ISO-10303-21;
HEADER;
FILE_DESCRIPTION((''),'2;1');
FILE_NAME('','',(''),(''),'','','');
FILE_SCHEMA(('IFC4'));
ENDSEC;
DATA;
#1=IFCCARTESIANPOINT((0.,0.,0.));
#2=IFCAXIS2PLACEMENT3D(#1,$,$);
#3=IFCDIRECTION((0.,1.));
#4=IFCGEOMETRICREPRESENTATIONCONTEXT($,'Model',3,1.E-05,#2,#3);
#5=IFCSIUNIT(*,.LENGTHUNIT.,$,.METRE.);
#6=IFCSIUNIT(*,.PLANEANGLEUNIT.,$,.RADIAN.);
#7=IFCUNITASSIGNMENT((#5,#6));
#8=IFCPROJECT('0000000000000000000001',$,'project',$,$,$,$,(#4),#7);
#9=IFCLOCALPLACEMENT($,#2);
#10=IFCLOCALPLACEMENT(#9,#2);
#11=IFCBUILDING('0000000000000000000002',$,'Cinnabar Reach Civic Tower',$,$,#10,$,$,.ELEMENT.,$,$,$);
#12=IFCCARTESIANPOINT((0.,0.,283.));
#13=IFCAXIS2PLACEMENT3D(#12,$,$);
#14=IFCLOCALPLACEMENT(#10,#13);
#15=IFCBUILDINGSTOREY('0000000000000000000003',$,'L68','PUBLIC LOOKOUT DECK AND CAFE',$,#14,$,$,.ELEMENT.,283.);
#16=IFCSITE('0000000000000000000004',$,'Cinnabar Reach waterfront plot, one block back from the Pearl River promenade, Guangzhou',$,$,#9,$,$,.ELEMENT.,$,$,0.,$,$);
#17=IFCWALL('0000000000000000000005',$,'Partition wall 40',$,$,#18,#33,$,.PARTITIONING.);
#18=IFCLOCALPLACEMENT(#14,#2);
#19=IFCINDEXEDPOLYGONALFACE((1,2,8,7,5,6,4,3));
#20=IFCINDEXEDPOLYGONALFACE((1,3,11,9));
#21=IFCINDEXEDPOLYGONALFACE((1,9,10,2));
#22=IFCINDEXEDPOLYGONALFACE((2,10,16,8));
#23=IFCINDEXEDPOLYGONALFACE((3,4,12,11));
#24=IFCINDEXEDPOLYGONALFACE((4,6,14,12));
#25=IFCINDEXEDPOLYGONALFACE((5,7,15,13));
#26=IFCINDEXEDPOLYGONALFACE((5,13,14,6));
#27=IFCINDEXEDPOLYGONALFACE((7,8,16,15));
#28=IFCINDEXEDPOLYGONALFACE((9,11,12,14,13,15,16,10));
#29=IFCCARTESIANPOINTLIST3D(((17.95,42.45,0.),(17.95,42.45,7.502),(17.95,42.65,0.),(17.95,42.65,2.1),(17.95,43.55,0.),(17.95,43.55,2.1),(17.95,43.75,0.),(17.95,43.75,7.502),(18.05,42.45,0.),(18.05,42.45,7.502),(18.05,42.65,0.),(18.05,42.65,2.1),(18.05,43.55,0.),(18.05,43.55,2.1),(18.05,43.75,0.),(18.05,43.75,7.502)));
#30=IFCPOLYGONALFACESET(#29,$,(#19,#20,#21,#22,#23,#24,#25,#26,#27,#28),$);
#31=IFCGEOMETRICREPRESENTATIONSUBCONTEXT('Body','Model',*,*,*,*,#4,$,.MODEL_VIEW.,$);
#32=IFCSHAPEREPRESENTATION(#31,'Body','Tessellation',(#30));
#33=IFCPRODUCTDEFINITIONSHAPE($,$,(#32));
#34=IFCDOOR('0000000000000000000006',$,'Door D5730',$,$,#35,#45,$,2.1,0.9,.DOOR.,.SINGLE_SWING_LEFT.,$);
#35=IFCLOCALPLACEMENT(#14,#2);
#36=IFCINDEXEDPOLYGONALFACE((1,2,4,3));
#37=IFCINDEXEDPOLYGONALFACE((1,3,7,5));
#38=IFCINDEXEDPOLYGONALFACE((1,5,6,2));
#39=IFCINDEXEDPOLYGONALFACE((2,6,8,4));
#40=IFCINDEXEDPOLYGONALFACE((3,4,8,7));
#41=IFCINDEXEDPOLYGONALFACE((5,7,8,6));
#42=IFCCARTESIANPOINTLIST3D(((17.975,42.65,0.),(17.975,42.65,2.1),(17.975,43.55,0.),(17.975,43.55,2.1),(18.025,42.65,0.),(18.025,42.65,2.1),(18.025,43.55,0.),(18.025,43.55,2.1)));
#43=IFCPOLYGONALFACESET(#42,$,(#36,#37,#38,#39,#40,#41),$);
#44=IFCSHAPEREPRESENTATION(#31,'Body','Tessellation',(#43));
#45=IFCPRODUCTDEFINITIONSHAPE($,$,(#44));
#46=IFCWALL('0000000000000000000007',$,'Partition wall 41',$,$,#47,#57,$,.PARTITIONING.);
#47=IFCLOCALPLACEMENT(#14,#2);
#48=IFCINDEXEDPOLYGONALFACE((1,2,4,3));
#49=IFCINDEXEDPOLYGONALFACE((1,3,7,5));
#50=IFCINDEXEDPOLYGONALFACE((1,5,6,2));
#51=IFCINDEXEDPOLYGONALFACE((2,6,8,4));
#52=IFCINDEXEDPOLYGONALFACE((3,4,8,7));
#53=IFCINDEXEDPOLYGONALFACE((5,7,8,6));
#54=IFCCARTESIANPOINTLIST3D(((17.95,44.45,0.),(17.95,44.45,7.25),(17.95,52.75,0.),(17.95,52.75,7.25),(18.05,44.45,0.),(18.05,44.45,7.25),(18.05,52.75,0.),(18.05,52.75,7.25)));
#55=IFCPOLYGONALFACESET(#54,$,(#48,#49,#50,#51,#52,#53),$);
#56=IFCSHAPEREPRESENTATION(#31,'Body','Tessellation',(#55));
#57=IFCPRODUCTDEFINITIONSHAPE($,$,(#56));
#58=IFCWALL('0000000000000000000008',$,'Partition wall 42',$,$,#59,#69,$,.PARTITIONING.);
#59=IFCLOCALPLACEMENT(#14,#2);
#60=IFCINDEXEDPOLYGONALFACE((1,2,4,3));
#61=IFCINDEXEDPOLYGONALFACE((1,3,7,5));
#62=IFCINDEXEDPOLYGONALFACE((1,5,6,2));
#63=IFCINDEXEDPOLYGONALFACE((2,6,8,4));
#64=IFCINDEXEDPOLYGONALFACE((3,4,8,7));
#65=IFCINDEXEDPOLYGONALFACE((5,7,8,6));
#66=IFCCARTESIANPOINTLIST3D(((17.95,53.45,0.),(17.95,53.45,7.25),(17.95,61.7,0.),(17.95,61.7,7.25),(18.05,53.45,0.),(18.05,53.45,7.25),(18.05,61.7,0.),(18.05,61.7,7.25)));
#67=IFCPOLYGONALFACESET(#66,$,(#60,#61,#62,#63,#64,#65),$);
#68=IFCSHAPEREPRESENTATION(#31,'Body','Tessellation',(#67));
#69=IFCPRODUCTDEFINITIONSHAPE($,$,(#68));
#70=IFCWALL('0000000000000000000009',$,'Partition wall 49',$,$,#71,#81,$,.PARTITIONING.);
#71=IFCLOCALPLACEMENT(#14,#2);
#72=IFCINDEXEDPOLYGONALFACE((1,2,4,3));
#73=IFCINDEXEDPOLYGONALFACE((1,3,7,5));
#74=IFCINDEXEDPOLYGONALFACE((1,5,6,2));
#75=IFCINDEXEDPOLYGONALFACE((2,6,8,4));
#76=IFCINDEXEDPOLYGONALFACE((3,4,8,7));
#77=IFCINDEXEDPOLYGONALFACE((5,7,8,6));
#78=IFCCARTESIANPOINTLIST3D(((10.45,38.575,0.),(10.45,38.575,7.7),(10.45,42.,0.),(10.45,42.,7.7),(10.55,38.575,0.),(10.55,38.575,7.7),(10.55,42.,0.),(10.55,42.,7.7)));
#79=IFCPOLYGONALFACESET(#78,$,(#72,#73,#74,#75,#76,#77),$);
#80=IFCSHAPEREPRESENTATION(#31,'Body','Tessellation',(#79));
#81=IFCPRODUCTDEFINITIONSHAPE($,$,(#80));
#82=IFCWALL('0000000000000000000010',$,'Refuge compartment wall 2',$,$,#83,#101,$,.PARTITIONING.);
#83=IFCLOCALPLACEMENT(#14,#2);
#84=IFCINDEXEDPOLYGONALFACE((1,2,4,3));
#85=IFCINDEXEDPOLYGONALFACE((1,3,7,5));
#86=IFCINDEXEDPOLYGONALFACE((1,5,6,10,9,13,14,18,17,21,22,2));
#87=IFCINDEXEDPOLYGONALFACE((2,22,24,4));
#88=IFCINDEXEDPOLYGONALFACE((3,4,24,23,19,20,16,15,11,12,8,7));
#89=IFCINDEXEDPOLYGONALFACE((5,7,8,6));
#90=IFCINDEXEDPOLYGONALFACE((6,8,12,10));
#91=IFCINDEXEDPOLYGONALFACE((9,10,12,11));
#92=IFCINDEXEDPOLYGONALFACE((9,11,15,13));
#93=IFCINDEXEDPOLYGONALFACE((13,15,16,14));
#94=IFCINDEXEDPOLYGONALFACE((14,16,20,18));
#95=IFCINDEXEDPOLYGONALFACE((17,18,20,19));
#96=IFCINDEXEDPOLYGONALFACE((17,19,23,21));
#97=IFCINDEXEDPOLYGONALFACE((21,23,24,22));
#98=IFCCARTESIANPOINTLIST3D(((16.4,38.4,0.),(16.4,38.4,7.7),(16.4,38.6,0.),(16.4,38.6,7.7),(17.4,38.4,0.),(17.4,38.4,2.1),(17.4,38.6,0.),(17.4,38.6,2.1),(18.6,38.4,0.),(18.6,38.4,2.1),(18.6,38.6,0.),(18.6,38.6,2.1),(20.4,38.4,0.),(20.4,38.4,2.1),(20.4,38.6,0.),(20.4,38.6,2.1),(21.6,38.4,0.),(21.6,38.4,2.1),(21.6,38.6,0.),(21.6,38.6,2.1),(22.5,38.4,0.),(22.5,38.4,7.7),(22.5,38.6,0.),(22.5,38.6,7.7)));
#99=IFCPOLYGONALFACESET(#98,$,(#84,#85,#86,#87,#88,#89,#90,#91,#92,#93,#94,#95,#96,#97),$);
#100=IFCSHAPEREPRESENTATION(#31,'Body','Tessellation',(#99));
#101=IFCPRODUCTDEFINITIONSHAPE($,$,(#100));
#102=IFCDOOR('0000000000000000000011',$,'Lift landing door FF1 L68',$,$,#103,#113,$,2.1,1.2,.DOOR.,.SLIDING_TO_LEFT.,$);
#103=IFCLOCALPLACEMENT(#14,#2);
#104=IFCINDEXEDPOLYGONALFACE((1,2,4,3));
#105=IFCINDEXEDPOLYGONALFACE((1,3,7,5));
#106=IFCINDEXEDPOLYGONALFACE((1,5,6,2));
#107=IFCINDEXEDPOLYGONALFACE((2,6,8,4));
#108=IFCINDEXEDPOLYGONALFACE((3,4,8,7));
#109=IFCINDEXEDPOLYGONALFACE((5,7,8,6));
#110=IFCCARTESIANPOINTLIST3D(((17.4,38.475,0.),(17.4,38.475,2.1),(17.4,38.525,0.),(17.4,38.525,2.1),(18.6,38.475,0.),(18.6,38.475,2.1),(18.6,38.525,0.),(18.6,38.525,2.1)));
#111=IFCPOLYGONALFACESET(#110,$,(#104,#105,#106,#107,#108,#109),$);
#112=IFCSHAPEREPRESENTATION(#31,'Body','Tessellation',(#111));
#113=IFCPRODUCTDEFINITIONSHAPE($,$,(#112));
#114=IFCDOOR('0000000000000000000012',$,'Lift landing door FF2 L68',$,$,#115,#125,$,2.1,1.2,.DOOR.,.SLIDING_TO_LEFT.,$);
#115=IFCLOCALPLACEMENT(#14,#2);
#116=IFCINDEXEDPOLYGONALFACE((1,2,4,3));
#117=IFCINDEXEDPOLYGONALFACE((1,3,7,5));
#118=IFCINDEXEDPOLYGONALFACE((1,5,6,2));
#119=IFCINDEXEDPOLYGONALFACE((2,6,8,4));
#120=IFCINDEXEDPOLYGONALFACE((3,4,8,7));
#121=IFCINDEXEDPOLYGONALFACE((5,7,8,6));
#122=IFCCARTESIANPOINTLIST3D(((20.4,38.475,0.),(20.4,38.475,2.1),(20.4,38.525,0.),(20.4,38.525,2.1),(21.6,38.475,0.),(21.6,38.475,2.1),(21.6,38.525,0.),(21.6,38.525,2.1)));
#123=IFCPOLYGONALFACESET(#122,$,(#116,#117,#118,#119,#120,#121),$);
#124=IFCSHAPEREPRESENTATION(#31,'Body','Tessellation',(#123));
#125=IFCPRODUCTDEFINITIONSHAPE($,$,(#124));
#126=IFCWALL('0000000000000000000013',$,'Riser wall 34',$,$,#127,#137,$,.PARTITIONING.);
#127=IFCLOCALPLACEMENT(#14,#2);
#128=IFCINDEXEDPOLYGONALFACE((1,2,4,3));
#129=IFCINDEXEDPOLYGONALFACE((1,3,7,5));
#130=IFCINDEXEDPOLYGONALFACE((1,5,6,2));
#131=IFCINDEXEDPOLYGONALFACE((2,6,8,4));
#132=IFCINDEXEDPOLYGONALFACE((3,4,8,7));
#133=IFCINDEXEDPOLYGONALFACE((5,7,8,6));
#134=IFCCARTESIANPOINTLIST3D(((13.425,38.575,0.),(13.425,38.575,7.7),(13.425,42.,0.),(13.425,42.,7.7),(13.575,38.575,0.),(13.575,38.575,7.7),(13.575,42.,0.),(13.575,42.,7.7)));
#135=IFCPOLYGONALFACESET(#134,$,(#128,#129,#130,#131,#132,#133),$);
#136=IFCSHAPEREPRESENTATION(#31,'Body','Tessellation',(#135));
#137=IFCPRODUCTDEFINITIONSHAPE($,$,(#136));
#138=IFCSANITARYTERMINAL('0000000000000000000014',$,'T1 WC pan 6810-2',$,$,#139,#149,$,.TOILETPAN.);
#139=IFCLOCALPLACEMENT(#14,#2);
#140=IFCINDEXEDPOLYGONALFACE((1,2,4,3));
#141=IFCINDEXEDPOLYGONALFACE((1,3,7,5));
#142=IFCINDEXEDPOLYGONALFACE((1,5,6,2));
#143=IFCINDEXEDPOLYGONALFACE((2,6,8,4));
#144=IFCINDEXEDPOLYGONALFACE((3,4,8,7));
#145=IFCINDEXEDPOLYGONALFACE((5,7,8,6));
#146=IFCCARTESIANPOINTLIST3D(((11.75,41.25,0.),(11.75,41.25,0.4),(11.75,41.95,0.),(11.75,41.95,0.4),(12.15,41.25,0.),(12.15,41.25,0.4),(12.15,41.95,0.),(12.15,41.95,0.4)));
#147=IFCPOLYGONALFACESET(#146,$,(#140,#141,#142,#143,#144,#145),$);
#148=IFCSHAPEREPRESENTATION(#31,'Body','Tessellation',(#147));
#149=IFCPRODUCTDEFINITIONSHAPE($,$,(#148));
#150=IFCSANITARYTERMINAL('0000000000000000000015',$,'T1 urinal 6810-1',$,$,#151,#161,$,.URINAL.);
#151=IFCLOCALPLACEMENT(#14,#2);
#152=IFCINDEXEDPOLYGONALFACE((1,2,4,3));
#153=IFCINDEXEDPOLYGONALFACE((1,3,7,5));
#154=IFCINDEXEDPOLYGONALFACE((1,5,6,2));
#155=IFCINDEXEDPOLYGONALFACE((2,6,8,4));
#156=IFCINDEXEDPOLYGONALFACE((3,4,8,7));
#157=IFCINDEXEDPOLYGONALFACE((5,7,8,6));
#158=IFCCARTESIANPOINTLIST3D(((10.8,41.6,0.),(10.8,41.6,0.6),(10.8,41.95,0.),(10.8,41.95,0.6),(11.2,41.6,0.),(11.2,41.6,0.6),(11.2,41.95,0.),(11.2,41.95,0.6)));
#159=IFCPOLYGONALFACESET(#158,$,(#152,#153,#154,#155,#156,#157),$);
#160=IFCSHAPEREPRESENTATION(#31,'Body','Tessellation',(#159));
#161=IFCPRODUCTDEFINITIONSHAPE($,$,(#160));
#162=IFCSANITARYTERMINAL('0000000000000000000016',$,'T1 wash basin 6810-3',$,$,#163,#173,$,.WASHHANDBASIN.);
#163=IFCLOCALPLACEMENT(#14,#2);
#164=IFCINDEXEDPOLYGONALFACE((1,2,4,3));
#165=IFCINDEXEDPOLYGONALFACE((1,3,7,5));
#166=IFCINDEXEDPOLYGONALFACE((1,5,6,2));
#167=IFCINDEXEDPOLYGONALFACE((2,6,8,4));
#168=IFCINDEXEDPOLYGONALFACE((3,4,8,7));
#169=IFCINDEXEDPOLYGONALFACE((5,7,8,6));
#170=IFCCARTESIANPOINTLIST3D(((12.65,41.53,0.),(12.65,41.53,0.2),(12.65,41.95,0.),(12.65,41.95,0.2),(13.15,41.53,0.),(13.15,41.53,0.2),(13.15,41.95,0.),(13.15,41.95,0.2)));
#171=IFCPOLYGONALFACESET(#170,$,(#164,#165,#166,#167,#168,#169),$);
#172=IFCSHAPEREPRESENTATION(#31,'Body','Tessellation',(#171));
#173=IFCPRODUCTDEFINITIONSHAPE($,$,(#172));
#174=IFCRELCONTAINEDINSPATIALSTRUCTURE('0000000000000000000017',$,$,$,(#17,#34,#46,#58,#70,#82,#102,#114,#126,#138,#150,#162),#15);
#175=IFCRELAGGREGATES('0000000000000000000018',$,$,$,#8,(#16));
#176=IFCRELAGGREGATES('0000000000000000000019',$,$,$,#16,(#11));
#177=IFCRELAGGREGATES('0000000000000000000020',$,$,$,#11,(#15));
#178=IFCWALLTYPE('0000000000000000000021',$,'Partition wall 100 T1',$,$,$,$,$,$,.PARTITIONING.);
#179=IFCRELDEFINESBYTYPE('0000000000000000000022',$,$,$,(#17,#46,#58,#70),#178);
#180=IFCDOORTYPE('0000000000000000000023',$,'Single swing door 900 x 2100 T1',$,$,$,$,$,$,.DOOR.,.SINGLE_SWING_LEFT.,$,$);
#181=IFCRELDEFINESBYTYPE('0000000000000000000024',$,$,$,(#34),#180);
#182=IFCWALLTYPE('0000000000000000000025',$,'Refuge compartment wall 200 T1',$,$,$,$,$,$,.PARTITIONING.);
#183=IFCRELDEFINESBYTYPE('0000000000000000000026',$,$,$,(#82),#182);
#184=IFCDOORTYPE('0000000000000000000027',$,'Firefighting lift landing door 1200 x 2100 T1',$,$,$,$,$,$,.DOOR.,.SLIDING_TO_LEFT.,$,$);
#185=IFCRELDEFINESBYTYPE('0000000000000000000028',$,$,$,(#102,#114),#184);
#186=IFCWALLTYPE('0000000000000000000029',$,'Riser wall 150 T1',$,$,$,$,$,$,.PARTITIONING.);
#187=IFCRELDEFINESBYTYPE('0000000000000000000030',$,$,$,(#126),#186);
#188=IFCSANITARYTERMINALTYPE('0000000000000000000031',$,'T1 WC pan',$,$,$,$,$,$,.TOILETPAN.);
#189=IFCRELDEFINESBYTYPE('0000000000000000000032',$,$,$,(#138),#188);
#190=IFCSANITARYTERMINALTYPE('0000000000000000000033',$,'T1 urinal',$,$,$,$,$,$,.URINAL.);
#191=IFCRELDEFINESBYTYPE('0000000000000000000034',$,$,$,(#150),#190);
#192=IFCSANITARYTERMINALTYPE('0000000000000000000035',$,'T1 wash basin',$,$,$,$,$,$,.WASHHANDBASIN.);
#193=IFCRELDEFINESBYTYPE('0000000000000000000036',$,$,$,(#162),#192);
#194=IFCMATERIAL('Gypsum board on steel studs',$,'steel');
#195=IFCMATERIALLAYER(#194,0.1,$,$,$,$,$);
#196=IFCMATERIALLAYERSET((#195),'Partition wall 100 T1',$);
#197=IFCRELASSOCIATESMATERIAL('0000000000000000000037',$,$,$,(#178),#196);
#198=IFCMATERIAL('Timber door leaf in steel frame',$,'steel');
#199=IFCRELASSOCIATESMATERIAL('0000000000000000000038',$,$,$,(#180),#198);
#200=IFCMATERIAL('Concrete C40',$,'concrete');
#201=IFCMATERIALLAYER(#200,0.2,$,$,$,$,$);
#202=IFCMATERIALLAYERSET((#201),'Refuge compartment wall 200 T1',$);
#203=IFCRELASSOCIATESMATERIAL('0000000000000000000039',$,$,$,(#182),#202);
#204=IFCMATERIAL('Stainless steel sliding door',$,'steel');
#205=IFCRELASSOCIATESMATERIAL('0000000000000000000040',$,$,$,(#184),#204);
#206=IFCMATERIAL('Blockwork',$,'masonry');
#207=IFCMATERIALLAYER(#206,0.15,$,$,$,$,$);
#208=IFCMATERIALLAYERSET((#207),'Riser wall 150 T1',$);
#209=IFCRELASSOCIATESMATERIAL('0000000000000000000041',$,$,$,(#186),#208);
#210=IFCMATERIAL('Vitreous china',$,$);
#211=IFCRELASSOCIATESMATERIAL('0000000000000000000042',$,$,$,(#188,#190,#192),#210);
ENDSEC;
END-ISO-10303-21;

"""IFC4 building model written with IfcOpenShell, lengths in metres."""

from ifc_helpers import new_model, si_unit, direction, frame, frame_2d, origin, origin_2d, place, context, subcontext, project, spatial, rectangle, extrude, material, layer, layer_set, type_object, element, fill, save


model = new_model("IFC4")

# Units and contexts
model_context = context("Model", 3, precision=1e-05, world=origin(), true_north=direction((0.0, 1.0)))
body_context = subcontext(model_context, "Body", "Model", "MODEL_VIEW")
ifc_project = project(units=[si_unit("LENGTHUNIT", "METRE"), si_unit("PLANEANGLEUNIT", "RADIAN")], contexts=[model_context])

# Site, building, storey
site_placement = place(None, origin())
site = spatial("IfcSite", under=ifc_project, at=site_placement, Name="Cinnabar Reach waterfront plot, one block back from the Pearl River promenade, Guangzhou", CompositionType="ELEMENT", RefElevation=0.0)
building_placement = place(site_placement, origin())
building = spatial("IfcBuilding", under=site, at=building_placement, Name="Cinnabar Reach Civic Tower", CompositionType="ELEMENT")
storey_placement = place(building_placement, frame((0.0, 0.0, 283.0)))
storey = spatial("IfcBuildingStorey", under=building, at=storey_placement, Name="L68", Description="PUBLIC LOOKOUT DECK AND CAFE", CompositionType="ELEMENT", Elevation=283.0)

# Shared definitions
ifc_material_1 = material(Name="Blockwork", Category="masonry")

# Wall, opening, door
ifc_material_2 = material(Name="Gypsum board on steel studs", Category="steel")
ifc_layer_1 = layer(ifc_material_2, 0.1)
ifc_layer_set_1 = layer_set([ifc_layer_1], Name="Partition wall 100 T1")
wall_type_1 = type_object("IfcWallType", Name="Partition wall 100 T1", PredefinedType="PARTITIONING", material=ifc_layer_set_1)
wall_1_placement = place(storey_placement, frame((18.0, 42.45, 0.0), z_axis=(0.0, 0.0, 1.0), x_axis=(0.0, 1.0, 0.0)))
wall_1 = element("IfcWall", 1, at=wall_1_placement, inside=storey, type_object=wall_type_1, Name="Partition wall 40", PredefinedType="PARTITIONING", context=body_context, shape_type="SweptSolid", body=[
    extrude(rectangle(XDim=1.3, YDim=0.1, at=frame_2d((0.65, 0.0))), origin(), (0.0, 0.0, 1.0), 7.502),
])
opening_1_placement = place(wall_1_placement, frame((0.2, 0.0, 0.0)))
opening_1 = element("IfcOpeningElement", 2, at=opening_1_placement, cuts=wall_1, PredefinedType="OPENING", context=body_context, shape_type="SweptSolid", body=[
    extrude(rectangle(XDim=0.9, YDim=2.1, at=frame_2d((0.45, 1.05))), frame((0.0, 0.06, 0.0), z_axis=(0.0, -1.0, 0.0), x_axis=(1.0, 0.0, 0.0)), (0.0, 0.0, 1.0), 0.12),
])
ifc_material_3 = material(Name="Timber door leaf in steel frame", Category="steel")
door_type_1 = type_object("IfcDoorType", Name="Single swing door 900 x 2100 T1", OperationType="SINGLE_SWING_LEFT", PredefinedType="DOOR", material=ifc_material_3)
door_1_placement = place(opening_1_placement, frame((0.9, 0.0, 0.0), z_axis=(0.0, 0.0, 1.0), x_axis=(-1.0, 0.0, 0.0)))
door_1 = element("IfcDoor", 3, at=door_1_placement, inside=storey, type_object=door_type_1, Name="Door D5730", OperationType="SINGLE_SWING_LEFT", OverallHeight=2.1, OverallWidth=0.9, PredefinedType="DOOR", context=body_context, shape_type="SweptSolid", body=[
    extrude(rectangle(XDim=0.9, YDim=2.1, at=frame_2d((0.45, 1.05))), frame((0.0, 0.025, 0.0), z_axis=(0.0, -1.0, 0.0), x_axis=(1.0, 0.0, 0.0)), (0.0, 0.0, 1.0), 0.05),
])
fill(opening_1, door_1)

# Walls
wall_2_placement = place(storey_placement, frame((18.0, 44.45, 0.0), z_axis=(0.0, 0.0, 1.0), x_axis=(0.0, 1.0, 0.0)))
element("IfcWall", 4, at=wall_2_placement, inside=storey, type_object=wall_type_1, Name="Partition wall 41", PredefinedType="PARTITIONING", context=body_context, shape_type="SweptSolid", body=[
    extrude(rectangle(XDim=8.3, YDim=0.1, at=frame_2d((4.15, 0.0))), origin(), (0.0, 0.0, 1.0), 7.25),
])
wall_3_placement = place(storey_placement, frame((18.0, 53.45, 0.0), z_axis=(0.0, 0.0, 1.0), x_axis=(0.0, 1.0, 0.0)))
element("IfcWall", 5, at=wall_3_placement, inside=storey, type_object=wall_type_1, Name="Partition wall 42", PredefinedType="PARTITIONING", context=body_context, shape_type="SweptSolid", body=[
    extrude(rectangle(XDim=8.25, YDim=0.1, at=frame_2d((4.125, 0.0))), origin(), (0.0, 0.0, 1.0), 7.25),
])
wall_4_placement = place(storey_placement, frame((10.5, 38.575, 0.0), z_axis=(0.0, 0.0, 1.0), x_axis=(0.0, 1.0, 0.0)))
element("IfcWall", 6, at=wall_4_placement, inside=storey, type_object=wall_type_1, Name="Partition wall 49", PredefinedType="PARTITIONING", context=body_context, shape_type="SweptSolid", body=[
    extrude(rectangle(XDim=3.425, YDim=0.1, at=frame_2d((1.7125, 0.0))), origin(), (0.0, 0.0, 1.0), 7.7),
])

# Wall, openings, doors
ifc_material_4 = material(Name="Concrete C40", Category="concrete")
ifc_layer_2 = layer(ifc_material_4, 0.2)
ifc_layer_set_2 = layer_set([ifc_layer_2], Name="Refuge compartment wall 200 T1")
wall_type_2 = type_object("IfcWallType", Name="Refuge compartment wall 200 T1", PredefinedType="PARTITIONING", material=ifc_layer_set_2)
wall_5_placement = place(storey_placement, frame((16.4, 38.5, 0.0), z_axis=(0.0, 0.0, 1.0), x_axis=(1.0, 0.0, 0.0)))
wall_5 = element("IfcWall", 7, at=wall_5_placement, inside=storey, type_object=wall_type_2, Name="Refuge compartment wall 2", PredefinedType="PARTITIONING", context=body_context, shape_type="SweptSolid", body=[
    extrude(rectangle(XDim=6.1, YDim=0.2, at=frame_2d((3.05, 0.0))), origin(), (0.0, 0.0, 1.0), 7.7),
])
opening_2_placement = place(wall_5_placement, frame((1.0, 0.0, 0.0)))
opening_2 = element("IfcOpeningElement", 8, at=opening_2_placement, cuts=wall_5, PredefinedType="OPENING", context=body_context, shape_type="SweptSolid", body=[
    extrude(rectangle(XDim=1.2, YDim=2.1, at=frame_2d((0.6, 1.05))), frame((0.0, 0.11, 0.0), z_axis=(0.0, -1.0, 0.0), x_axis=(1.0, 0.0, 0.0)), (0.0, 0.0, 1.0), 0.22),
])
opening_3_placement = place(wall_5_placement, frame((4.0, 0.0, 0.0)))
opening_3 = element("IfcOpeningElement", 9, at=opening_3_placement, cuts=wall_5, PredefinedType="OPENING", context=body_context, shape_type="SweptSolid", body=[
    extrude(rectangle(XDim=1.2, YDim=2.1, at=frame_2d((0.6, 1.05))), frame((0.0, 0.11, 0.0), z_axis=(0.0, -1.0, 0.0), x_axis=(1.0, 0.0, 0.0)), (0.0, 0.0, 1.0), 0.22),
])
ifc_material_5 = material(Name="Stainless steel sliding door", Category="steel")
door_type_2 = type_object("IfcDoorType", Name="Firefighting lift landing door 1200 x 2100 T1", OperationType="SLIDING_TO_LEFT", PredefinedType="DOOR", material=ifc_material_5)
door_2_placement = place(opening_2_placement, origin())
door_2 = element("IfcDoor", 10, at=door_2_placement, inside=storey, type_object=door_type_2, Name="Lift landing door FF1 L68", OperationType="SLIDING_TO_LEFT", OverallHeight=2.1, OverallWidth=1.2, PredefinedType="DOOR", context=body_context, shape_type="SweptSolid", body=[
    extrude(rectangle(XDim=1.2, YDim=2.1, at=frame_2d((0.6, 1.05))), frame((0.0, 0.025, 0.0), z_axis=(0.0, -1.0, 0.0), x_axis=(1.0, 0.0, 0.0)), (0.0, 0.0, 1.0), 0.05),
])
fill(opening_2, door_2)
door_3_placement = place(opening_3_placement, origin())
door_3 = element("IfcDoor", 11, at=door_3_placement, inside=storey, type_object=door_type_2, Name="Lift landing door FF2 L68", OperationType="SLIDING_TO_LEFT", OverallHeight=2.1, OverallWidth=1.2, PredefinedType="DOOR", context=body_context, shape_type="SweptSolid", body=[
    extrude(rectangle(XDim=1.2, YDim=2.1, at=frame_2d((0.6, 1.05))), frame((0.0, 0.025, 0.0), z_axis=(0.0, -1.0, 0.0), x_axis=(1.0, 0.0, 0.0)), (0.0, 0.0, 1.0), 0.05),
])
fill(opening_3, door_3)

# Wall
ifc_layer_3 = layer(ifc_material_1, 0.15)
ifc_layer_set_3 = layer_set([ifc_layer_3], Name="Riser wall 150 T1")
wall_type_3 = type_object("IfcWallType", Name="Riser wall 150 T1", PredefinedType="PARTITIONING", material=ifc_layer_set_3)
wall_6_placement = place(storey_placement, frame((13.5, 38.575, 0.0), z_axis=(0.0, 0.0, 1.0), x_axis=(0.0, 1.0, 0.0)))
element("IfcWall", 12, at=wall_6_placement, inside=storey, type_object=wall_type_3, Name="Riser wall 34", PredefinedType="PARTITIONING", context=body_context, shape_type="SweptSolid", body=[
    extrude(rectangle(XDim=3.425, YDim=0.15, at=frame_2d((1.7125, 0.0))), origin(), (0.0, 0.0, 1.0), 7.7),
])

# Sanitary terminals
ifc_material_6 = material(Name="Vitreous china")
sanitary_terminal_type_1 = type_object("IfcSanitaryTerminalType", Name="T1 WC pan", PredefinedType="TOILETPAN", material=ifc_material_6)
sanitary_terminal_1_placement = place(storey_placement, frame((11.95, 41.6, 0.0), z_axis=(0.0, 0.0, 1.0), x_axis=(1.0, 0.0, 0.0)))
element("IfcSanitaryTerminal", 13, at=sanitary_terminal_1_placement, inside=storey, type_object=sanitary_terminal_type_1, Name="T1 WC pan 6810-2", PredefinedType="TOILETPAN", context=body_context, shape_type="SweptSolid", body=[
    extrude(rectangle(XDim=0.4, YDim=0.7, at=origin_2d()), origin(), (0.0, 0.0, 1.0), 0.4),
])
sanitary_terminal_type_2 = type_object("IfcSanitaryTerminalType", Name="T1 urinal", PredefinedType="URINAL", material=ifc_material_6)
sanitary_terminal_2_placement = place(storey_placement, frame((11.0, 41.775, 0.0), z_axis=(0.0, 0.0, 1.0), x_axis=(1.0, 0.0, 0.0)))
element("IfcSanitaryTerminal", 14, at=sanitary_terminal_2_placement, inside=storey, type_object=sanitary_terminal_type_2, Name="T1 urinal 6810-1", PredefinedType="URINAL", context=body_context, shape_type="SweptSolid", body=[
    extrude(rectangle(XDim=0.4, YDim=0.35, at=origin_2d()), origin(), (0.0, 0.0, 1.0), 0.6),
])
sanitary_terminal_type_3 = type_object("IfcSanitaryTerminalType", Name="T1 wash basin", PredefinedType="WASHHANDBASIN", material=ifc_material_6)
sanitary_terminal_3_placement = place(storey_placement, frame((12.9, 41.74, 0.0), z_axis=(0.0, 0.0, 1.0), x_axis=(1.0, 0.0, 0.0)))
element("IfcSanitaryTerminal", 15, at=sanitary_terminal_3_placement, inside=storey, type_object=sanitary_terminal_type_3, Name="T1 wash basin 6810-3", PredefinedType="WASHHANDBASIN", context=body_context, shape_type="SweptSolid", body=[
    extrude(rectangle(XDim=0.5, YDim=0.42, at=origin_2d()), origin(), (0.0, 0.0, 1.0), 0.2),
])

save(model, "model.ifc")
